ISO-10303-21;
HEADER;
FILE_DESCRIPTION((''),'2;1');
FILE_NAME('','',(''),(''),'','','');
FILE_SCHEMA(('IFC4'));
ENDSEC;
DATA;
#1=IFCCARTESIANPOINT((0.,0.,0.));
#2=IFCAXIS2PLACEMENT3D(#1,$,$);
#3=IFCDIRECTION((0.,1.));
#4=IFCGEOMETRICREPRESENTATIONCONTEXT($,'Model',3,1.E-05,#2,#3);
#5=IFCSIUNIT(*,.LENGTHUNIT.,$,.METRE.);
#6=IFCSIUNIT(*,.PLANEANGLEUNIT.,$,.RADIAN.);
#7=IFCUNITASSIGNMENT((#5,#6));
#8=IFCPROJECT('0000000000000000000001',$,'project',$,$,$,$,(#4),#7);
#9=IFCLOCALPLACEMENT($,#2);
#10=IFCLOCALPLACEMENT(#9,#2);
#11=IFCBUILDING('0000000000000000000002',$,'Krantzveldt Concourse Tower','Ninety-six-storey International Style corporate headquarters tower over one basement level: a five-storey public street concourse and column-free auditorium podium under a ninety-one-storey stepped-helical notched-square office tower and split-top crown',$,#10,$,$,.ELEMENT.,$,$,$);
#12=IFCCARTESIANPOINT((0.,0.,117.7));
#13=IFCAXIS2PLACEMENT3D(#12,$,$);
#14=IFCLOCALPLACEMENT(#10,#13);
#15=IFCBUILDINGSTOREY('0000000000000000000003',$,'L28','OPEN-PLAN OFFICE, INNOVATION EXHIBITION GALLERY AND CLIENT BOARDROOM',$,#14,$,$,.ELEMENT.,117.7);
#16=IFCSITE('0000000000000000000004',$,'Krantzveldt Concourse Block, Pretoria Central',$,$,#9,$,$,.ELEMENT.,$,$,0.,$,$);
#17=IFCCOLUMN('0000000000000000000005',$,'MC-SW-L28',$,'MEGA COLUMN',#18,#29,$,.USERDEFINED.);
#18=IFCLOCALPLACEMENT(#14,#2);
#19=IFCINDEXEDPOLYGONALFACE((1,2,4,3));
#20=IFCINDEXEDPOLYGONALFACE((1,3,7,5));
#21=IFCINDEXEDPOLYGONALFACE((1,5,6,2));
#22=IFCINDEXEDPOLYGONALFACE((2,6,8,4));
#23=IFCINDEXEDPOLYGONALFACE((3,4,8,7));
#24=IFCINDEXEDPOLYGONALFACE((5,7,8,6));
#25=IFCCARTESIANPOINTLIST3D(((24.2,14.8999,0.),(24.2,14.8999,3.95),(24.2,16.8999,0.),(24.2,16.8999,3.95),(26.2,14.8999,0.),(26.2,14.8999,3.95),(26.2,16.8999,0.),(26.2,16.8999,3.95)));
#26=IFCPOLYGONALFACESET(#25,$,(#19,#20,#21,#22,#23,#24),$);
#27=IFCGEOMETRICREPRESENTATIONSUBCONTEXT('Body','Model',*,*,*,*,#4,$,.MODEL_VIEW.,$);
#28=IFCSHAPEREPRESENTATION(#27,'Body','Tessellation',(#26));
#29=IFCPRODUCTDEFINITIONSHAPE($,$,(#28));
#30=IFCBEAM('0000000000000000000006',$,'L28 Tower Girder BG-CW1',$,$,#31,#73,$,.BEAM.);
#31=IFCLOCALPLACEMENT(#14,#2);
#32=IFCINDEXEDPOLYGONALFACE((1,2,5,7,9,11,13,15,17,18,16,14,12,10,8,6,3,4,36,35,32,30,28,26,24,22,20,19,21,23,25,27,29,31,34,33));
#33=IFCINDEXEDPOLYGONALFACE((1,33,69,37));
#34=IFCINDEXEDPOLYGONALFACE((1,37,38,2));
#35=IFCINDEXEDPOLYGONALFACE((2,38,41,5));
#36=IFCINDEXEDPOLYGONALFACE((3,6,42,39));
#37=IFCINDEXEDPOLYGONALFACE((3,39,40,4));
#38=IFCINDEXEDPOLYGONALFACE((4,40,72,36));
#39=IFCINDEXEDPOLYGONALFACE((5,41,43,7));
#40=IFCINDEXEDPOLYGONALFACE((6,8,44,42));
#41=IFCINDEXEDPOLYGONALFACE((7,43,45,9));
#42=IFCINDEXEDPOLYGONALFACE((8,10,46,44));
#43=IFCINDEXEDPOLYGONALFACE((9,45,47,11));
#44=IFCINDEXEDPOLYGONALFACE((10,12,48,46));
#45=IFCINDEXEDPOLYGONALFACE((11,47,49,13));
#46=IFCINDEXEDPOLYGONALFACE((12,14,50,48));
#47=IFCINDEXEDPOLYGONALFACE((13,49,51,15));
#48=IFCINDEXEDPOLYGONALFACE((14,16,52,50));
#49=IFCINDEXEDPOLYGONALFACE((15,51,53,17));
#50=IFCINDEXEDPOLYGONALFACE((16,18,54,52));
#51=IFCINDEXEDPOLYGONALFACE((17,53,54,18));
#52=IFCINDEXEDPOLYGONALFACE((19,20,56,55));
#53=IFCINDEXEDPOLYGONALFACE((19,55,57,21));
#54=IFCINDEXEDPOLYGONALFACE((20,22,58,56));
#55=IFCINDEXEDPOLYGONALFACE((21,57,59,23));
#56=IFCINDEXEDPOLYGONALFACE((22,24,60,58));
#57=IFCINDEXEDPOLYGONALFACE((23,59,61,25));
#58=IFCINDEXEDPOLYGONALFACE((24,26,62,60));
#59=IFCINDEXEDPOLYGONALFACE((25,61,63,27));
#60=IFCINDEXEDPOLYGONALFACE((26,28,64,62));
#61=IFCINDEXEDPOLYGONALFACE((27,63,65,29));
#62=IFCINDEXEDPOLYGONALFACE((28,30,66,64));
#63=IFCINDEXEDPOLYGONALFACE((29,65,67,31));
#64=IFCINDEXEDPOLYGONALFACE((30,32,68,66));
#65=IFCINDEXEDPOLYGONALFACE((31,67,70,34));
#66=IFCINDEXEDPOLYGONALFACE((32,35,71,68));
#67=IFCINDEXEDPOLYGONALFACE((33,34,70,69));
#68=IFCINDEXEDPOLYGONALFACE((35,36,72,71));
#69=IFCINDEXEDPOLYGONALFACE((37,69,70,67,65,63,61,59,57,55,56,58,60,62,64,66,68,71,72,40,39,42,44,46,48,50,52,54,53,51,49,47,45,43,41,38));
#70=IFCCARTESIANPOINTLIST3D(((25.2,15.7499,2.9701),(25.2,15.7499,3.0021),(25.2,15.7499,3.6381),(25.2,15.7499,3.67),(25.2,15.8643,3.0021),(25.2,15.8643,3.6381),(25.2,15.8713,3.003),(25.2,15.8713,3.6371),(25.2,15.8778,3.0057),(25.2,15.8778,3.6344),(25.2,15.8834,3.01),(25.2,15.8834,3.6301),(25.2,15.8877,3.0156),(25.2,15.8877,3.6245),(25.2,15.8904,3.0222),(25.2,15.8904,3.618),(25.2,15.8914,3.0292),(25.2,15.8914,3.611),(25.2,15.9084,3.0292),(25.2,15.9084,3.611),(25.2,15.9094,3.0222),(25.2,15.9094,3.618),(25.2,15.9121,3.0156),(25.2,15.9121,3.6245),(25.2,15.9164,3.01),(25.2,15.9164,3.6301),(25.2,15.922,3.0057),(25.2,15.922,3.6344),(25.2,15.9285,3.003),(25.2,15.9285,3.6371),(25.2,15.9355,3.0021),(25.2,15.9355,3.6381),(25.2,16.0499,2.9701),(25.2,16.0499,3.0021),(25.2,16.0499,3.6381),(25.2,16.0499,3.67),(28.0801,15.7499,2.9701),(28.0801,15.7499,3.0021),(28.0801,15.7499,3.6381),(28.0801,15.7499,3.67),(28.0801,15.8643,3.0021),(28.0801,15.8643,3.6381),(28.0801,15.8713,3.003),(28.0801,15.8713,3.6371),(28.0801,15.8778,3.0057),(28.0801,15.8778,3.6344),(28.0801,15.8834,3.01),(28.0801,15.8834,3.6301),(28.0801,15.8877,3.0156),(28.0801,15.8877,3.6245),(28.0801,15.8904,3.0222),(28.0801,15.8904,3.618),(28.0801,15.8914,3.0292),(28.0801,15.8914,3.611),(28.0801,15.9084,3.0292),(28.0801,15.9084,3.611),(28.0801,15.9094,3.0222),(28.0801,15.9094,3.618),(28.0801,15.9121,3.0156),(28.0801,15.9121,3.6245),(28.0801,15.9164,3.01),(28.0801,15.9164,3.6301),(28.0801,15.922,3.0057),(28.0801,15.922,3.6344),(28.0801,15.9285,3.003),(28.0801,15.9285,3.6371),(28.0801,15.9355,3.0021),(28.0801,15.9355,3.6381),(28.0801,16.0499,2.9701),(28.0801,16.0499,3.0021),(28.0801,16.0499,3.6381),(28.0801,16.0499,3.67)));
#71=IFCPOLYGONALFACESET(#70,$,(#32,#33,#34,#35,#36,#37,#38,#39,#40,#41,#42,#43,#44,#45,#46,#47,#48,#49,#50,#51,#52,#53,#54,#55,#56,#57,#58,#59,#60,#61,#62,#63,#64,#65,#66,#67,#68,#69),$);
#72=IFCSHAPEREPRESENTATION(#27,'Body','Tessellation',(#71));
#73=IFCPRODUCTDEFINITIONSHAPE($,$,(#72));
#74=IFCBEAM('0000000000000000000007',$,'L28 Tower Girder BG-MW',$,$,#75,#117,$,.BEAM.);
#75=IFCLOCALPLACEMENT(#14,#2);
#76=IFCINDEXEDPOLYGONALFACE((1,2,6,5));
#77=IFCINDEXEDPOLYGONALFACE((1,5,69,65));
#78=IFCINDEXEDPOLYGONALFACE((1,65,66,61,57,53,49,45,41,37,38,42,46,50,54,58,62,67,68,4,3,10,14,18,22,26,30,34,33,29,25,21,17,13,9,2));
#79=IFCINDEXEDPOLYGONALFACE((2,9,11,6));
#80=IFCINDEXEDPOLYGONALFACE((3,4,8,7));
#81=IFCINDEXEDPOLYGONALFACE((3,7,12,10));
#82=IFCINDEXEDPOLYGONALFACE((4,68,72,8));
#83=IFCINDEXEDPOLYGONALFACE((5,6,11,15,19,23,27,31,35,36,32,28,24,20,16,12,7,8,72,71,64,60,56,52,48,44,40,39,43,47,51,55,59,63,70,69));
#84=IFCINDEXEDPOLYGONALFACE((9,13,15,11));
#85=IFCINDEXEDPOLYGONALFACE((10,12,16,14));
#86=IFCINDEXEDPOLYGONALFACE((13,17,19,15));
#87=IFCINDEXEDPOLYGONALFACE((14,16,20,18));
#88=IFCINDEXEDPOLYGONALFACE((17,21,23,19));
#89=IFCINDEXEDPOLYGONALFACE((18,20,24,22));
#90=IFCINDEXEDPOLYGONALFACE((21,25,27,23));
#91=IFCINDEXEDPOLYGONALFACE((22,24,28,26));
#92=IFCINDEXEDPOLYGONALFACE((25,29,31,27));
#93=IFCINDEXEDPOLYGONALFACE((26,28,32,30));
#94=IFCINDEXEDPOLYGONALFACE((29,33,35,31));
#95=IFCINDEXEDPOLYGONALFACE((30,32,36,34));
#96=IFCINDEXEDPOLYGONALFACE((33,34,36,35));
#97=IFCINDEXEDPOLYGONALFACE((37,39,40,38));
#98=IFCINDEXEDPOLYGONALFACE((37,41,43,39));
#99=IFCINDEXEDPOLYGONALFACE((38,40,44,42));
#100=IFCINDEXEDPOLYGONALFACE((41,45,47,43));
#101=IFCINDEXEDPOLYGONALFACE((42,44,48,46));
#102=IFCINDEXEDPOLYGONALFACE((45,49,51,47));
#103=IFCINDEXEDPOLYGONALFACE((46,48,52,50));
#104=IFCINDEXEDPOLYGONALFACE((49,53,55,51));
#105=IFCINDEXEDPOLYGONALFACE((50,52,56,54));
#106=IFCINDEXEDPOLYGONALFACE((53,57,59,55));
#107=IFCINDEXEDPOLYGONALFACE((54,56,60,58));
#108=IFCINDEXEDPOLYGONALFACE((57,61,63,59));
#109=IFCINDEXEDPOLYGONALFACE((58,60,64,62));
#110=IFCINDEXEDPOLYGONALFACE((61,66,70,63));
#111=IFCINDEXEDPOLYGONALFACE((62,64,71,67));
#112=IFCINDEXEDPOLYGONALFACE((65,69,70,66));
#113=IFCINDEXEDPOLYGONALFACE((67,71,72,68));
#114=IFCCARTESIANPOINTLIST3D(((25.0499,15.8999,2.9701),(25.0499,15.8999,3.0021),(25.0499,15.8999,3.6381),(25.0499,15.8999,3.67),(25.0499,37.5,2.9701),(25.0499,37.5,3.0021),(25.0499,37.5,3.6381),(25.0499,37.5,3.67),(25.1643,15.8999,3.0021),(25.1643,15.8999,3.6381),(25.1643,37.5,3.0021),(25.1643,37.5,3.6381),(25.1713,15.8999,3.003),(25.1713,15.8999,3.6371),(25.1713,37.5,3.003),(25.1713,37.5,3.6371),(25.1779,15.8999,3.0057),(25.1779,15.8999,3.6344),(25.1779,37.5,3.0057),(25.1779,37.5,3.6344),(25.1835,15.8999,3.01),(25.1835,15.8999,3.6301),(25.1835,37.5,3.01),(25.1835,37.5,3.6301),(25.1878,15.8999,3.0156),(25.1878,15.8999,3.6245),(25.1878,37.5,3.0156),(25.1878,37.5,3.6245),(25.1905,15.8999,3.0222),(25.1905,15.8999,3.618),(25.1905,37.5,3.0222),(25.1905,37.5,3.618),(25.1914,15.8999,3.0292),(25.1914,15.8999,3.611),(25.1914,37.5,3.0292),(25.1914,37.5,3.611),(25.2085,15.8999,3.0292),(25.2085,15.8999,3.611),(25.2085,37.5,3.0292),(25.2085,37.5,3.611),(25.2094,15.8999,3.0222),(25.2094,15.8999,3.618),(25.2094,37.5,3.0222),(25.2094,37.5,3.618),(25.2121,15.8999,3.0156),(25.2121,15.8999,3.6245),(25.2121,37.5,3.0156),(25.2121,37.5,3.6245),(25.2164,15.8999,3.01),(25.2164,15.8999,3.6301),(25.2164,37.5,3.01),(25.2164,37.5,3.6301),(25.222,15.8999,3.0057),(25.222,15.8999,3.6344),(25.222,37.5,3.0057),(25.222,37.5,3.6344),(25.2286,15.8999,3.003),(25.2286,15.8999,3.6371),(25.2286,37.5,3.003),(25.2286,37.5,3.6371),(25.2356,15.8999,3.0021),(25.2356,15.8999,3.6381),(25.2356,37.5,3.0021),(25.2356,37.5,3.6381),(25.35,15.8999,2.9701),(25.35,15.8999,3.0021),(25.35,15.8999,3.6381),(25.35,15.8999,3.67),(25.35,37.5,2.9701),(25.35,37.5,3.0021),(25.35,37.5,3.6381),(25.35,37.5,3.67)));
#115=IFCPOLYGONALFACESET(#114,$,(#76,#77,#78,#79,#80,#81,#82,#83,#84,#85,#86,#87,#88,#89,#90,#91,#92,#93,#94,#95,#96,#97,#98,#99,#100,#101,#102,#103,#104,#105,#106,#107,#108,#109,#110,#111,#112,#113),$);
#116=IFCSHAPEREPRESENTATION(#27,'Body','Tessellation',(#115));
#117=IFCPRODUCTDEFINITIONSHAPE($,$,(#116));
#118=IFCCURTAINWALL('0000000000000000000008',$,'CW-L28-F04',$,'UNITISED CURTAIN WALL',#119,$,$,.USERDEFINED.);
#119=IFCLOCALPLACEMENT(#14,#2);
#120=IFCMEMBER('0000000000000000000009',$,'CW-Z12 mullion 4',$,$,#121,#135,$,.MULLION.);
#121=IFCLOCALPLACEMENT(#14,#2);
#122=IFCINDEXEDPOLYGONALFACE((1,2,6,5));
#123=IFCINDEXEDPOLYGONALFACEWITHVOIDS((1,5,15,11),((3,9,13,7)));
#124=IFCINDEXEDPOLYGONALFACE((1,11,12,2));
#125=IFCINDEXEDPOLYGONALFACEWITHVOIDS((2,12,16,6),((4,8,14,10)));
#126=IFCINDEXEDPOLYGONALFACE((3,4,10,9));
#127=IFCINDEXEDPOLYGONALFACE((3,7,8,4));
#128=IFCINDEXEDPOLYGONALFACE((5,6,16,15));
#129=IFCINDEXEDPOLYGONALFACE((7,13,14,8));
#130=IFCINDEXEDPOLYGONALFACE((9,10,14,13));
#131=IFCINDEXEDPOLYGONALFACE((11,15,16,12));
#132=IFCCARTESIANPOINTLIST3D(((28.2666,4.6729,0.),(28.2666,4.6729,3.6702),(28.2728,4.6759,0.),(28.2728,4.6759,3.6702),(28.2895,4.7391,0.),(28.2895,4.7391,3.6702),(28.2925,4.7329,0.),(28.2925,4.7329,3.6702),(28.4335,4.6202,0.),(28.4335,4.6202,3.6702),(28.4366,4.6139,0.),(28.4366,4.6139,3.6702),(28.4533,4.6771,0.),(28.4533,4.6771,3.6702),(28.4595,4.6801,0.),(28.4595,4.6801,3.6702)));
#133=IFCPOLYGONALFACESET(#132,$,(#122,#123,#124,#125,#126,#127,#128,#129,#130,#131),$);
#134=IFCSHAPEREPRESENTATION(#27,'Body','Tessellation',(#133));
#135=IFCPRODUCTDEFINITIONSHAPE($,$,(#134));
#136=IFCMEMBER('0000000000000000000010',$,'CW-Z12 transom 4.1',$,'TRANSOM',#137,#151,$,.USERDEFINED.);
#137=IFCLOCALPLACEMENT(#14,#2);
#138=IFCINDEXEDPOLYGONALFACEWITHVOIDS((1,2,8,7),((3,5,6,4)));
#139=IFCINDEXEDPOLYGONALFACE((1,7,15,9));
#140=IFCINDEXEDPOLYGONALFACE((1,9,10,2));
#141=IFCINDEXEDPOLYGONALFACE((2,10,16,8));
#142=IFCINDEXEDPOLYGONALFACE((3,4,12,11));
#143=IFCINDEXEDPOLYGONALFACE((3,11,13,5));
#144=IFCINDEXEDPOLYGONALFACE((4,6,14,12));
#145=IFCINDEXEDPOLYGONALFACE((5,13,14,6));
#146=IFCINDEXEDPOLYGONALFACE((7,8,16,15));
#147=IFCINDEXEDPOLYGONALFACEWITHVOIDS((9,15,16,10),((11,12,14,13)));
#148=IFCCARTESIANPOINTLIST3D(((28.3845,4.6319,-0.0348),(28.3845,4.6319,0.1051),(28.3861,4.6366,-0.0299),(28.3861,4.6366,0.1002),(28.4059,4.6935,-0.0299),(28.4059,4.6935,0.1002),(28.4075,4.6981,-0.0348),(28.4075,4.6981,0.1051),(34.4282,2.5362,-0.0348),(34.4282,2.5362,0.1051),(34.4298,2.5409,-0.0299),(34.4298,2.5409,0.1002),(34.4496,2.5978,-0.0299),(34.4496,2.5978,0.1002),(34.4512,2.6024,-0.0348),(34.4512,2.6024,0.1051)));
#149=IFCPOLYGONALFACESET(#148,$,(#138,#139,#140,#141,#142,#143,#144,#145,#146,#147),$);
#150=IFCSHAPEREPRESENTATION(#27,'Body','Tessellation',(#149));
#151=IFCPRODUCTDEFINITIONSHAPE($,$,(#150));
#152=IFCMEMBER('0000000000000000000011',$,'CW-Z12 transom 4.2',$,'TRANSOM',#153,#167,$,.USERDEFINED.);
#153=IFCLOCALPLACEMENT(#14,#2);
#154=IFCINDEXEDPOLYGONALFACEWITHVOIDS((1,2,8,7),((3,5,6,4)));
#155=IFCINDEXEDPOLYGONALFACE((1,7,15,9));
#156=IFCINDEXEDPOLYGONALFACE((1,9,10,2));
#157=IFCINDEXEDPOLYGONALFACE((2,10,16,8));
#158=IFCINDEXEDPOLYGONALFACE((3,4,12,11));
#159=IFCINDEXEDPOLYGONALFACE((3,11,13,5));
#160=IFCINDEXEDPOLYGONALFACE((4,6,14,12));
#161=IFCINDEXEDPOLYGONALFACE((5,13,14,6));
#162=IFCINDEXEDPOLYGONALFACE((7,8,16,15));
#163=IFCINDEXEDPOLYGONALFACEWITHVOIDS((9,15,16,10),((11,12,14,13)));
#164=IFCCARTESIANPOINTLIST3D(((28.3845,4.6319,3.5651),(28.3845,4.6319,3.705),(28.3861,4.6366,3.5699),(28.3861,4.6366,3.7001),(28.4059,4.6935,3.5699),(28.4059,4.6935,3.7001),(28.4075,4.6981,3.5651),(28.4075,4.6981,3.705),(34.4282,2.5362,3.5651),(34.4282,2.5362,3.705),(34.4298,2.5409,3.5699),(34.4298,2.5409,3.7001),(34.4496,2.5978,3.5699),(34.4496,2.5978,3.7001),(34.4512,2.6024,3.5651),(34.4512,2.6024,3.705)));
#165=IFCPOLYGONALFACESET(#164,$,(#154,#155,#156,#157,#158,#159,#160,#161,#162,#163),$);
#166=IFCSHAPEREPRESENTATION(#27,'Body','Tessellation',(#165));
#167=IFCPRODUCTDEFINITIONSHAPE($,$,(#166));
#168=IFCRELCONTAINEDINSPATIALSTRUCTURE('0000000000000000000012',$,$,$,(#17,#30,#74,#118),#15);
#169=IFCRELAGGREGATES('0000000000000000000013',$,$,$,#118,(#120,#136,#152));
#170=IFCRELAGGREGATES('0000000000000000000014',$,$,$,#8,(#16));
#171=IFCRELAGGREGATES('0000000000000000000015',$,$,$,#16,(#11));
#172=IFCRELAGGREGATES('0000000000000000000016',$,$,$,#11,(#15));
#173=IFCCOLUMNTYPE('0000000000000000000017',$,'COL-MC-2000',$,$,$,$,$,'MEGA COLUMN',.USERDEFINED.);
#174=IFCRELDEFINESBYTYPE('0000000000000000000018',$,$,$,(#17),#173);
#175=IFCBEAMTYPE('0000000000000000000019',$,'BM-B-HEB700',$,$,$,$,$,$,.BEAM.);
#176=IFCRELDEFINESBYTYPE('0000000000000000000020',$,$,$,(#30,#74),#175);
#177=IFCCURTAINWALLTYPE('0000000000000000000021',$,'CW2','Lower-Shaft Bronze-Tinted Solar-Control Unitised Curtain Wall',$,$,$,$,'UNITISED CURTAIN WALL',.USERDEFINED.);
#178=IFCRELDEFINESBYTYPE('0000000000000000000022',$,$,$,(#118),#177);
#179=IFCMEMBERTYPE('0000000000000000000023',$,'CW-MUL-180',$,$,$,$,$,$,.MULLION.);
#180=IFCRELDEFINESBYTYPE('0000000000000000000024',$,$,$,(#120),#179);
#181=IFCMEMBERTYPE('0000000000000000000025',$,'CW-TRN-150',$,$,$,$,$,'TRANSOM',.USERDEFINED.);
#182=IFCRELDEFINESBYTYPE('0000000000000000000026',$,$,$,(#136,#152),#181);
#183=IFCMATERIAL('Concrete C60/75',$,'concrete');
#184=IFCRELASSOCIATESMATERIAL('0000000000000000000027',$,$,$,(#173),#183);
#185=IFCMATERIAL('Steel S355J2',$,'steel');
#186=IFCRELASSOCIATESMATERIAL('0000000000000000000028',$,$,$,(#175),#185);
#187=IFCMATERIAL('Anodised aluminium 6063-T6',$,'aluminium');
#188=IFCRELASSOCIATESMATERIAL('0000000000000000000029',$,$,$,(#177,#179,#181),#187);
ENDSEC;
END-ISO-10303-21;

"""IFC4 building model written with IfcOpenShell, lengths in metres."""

from ifc_helpers import new_model, si_unit, direction, frame, origin, origin_2d, place, context, subcontext, project, spatial, rectangle, hollow_rectangle, i_section, extrude, source, transform, mapped, material, material_profile, profile_set, type_object, type_shapes, element, aggregate, save


model = new_model("IFC4")

# Units and contexts
model_context = context("Model", 3, precision=1e-05, world=origin(), true_north=direction((0.0, 1.0)))
body_context = subcontext(model_context, "Body", "Model", "MODEL_VIEW")
ifc_project = project(units=[si_unit("LENGTHUNIT", "METRE"), si_unit("PLANEANGLEUNIT", "RADIAN")], contexts=[model_context])

# Site, building, storey
site_placement = place(None, origin())
site = spatial("IfcSite", under=ifc_project, at=site_placement, Name="Krantzveldt Concourse Block, Pretoria Central", CompositionType="ELEMENT", RefElevation=0.0)
building_placement = place(site_placement, origin())
building = spatial("IfcBuilding", under=site, at=building_placement, Name="Krantzveldt Concourse Tower", Description="Ninety-six-storey International Style corporate headquarters tower over one basement level: a five-storey public street concourse and column-free auditorium podium under a ninety-one-storey stepped-helical notched-square office tower and split-top crown", CompositionType="ELEMENT")
storey_placement = place(building_placement, frame((0.0, 0.0, 117.7)))
storey = spatial("IfcBuildingStorey", under=building, at=storey_placement, Name="L28", Description="OPEN-PLAN OFFICE, INNOVATION EXHIBITION GALLERY AND CLIENT BOARDROOM", CompositionType="ELEMENT", Elevation=117.7)

# Column
ifc_material_1 = material(Name="Concrete C60/75", Category="concrete")
ifc_material_profile_1 = material_profile(ifc_material_1, rectangle(XDim=2.0, YDim=2.0, at=origin_2d()), Name="Concrete C60/75", Category="concrete")
ifc_profile_set_1 = profile_set([ifc_material_profile_1], Name="Concrete C60/75 - RC 2000x2000")
column_type = type_object("IfcColumnType", Name="COL-MC-2000", ElementType="MEGA COLUMN", PredefinedType="USERDEFINED", material=ifc_profile_set_1)
shared_shape_1 = source(origin(), body_context, "Body", "SweptSolid", [
    extrude(rectangle(XDim=2.0, YDim=2.0, at=origin_2d()), origin(), (0.0, 0.0, 1.0), 3.95),
])
type_shapes(column_type, [shared_shape_1])
column_placement = place(storey_placement, frame((25.2, 15.8999, 0.0), z_axis=(0.0, 0.0, 1.0), x_axis=(1.0, 0.0, 0.0)))
element("IfcColumn", 1, at=column_placement, inside=storey, type_object=column_type, Name="MC-SW-L28", ObjectType="MEGA COLUMN", PredefinedType="USERDEFINED", context=body_context, shape_type="MappedRepresentation", body=[
    mapped(shared_shape_1, transform((0.0, 0.0, 0.0), x_axis=(1.0, 0.0, 0.0), y_axis=(0.0, 1.0, 0.0), z_axis=(0.0, 0.0, 1.0), scale=1.0)),
])

# Beams
ifc_material_2 = material(Name="Steel S355J2", Category="steel")
ifc_material_profile_2 = material_profile(ifc_material_2, i_section(OverallWidth=0.3, OverallDepth=0.7, WebThickness=0.0171, FlangeThickness=0.032, FilletRadius=0.0271, at=origin_2d()), Name="Steel S355J2", Category="steel")
ifc_profile_set_2 = profile_set([ifc_material_profile_2], Name="Steel S355J2 - HEB 700")
beam_type = type_object("IfcBeamType", Name="BM-B-HEB700", PredefinedType="BEAM", material=ifc_profile_set_2)
shared_shape_2 = source(origin(), body_context, "Body", "SweptSolid", [
    extrude(i_section(OverallWidth=0.3, OverallDepth=0.7, WebThickness=0.0171, FlangeThickness=0.032, FilletRadius=0.0271, at=origin_2d()), origin(), (0.0, 0.0, 1.0), 2.8801),
])
beam_1_placement = place(storey_placement, frame((25.2, 15.8999, 3.3201), z_axis=(1.0, 0.0, 0.0), x_axis=(0.0, 1.0, 0.0)))
element("IfcBeam", 2, at=beam_1_placement, inside=storey, type_object=beam_type, Name="L28 Tower Girder BG-CW1", PredefinedType="BEAM", context=body_context, shape_type="MappedRepresentation", body=[
    mapped(shared_shape_2, transform((0.0, 0.0, 0.0), x_axis=(1.0, 0.0, 0.0), y_axis=(0.0, 1.0, 0.0), z_axis=(0.0, 0.0, 1.0), scale=1.0)),
])
shared_shape_3 = source(origin(), body_context, "Body", "SweptSolid", [
    extrude(i_section(OverallWidth=0.3, OverallDepth=0.7, WebThickness=0.0171, FlangeThickness=0.032, FilletRadius=0.0271, at=origin_2d()), origin(), (0.0, 0.0, 1.0), 21.6001),
])
type_shapes(beam_type, [shared_shape_2, shared_shape_3])
beam_2_placement = place(storey_placement, frame((25.2, 15.8999, 3.3201), z_axis=(0.0, 1.0, 0.0), x_axis=(-1.0, 0.0, 0.0)))
element("IfcBeam", 3, at=beam_2_placement, inside=storey, type_object=beam_type, Name="L28 Tower Girder BG-MW", PredefinedType="BEAM", context=body_context, shape_type="MappedRepresentation", body=[
    mapped(shared_shape_3, transform((0.0, 0.0, 0.0), x_axis=(1.0, 0.0, 0.0), y_axis=(0.0, 1.0, 0.0), z_axis=(0.0, 0.0, 1.0), scale=1.0)),
])

# Curtain wall, members
ifc_material_3 = material(Name="Anodised aluminium 6063-T6", Category="aluminium")
curtain_wall_type = type_object("IfcCurtainWallType", Name="CW2", Description="Lower-Shaft Bronze-Tinted Solar-Control Unitised Curtain Wall", ElementType="UNITISED CURTAIN WALL", PredefinedType="USERDEFINED", material=ifc_material_3)
curtain_wall_placement = place(storey_placement, origin())
curtain_wall = element("IfcCurtainWall", 4, at=curtain_wall_placement, inside=storey, type_object=curtain_wall_type, Name="CW-L28-F04", ObjectType="UNITISED CURTAIN WALL", PredefinedType="USERDEFINED")
ifc_material_profile_3 = material_profile(ifc_material_3, hollow_rectangle(XDim=0.0701, YDim=0.1799, WallThickness=0.0049, at=origin_2d()), Name="Anodised aluminium 6063-T6", Category="aluminium")
ifc_profile_set_3 = profile_set([ifc_material_profile_3], Name="Anodised aluminium 6063-T6 - ALU-MULL 180x70x5")
member_type_1 = type_object("IfcMemberType", Name="CW-MUL-180", PredefinedType="MULLION", material=ifc_profile_set_3)
shared_shape_4 = source(origin(), body_context, "Body", "SweptSolid", [
    extrude(hollow_rectangle(XDim=0.0701, YDim=0.1799, WallThickness=0.0049, at=origin_2d()), origin(), (0.0, 0.0, 1.0), 3.6702),
])
type_shapes(member_type_1, [shared_shape_4])
member_1_placement = place(storey_placement, frame((28.363, 4.6765, 0.0), z_axis=(0.0, 0.0, 1.0), x_axis=(0.32763, 0.944806, 0.0)))
member_1 = element("IfcMember", 5, at=member_1_placement, type_object=member_type_1, Name="CW-Z12 mullion 4", PredefinedType="MULLION", context=body_context, shape_type="MappedRepresentation", body=[
    mapped(shared_shape_4, transform((0.0, 0.0, 0.0), x_axis=(1.0, 0.0, 0.0), y_axis=(0.0, 1.0, 0.0), z_axis=(0.0, 0.0, 1.0), scale=1.0)),
])
ifc_material_profile_4 = material_profile(ifc_material_3, hollow_rectangle(XDim=0.0701, YDim=0.1399, WallThickness=0.0049, at=origin_2d()), Name="Anodised aluminium 6063-T6", Category="aluminium")
ifc_profile_set_4 = profile_set([ifc_material_profile_4], Name="Anodised aluminium 6063-T6 - ALU-TRAN 140x70x5")
member_type_2 = type_object("IfcMemberType", Name="CW-TRN-150", ElementType="TRANSOM", PredefinedType="USERDEFINED", material=ifc_profile_set_4)
shared_shape_5 = source(origin(), body_context, "Body", "SweptSolid", [
    extrude(hollow_rectangle(XDim=0.0701, YDim=0.1399, WallThickness=0.0049, at=origin_2d()), origin(), (0.0, 0.0, 1.0), 6.3967),
])
member_2_placement = place(storey_placement, frame((28.396, 4.665, 0.0352), z_axis=(0.944809, -0.32762, 0.0), x_axis=(0.32762, 0.944809, 0.0)))
member_2 = element("IfcMember", 6, at=member_2_placement, type_object=member_type_2, Name="CW-Z12 transom 4.1", ObjectType="TRANSOM", PredefinedType="USERDEFINED", context=body_context, shape_type="MappedRepresentation", body=[
    mapped(shared_shape_5, transform((0.0, 0.0, 0.0), x_axis=(1.0, 0.0, 0.0), y_axis=(0.0, 1.0, 0.0), z_axis=(0.0, 0.0, 1.0), scale=1.0)),
])
member_3_placement = place(storey_placement, frame((28.396, 4.665, 3.635), z_axis=(0.944809, -0.32762, 0.0), x_axis=(0.32762, 0.944809, 0.0)))
member_3 = element("IfcMember", 7, at=member_3_placement, type_object=member_type_2, Name="CW-Z12 transom 4.2", ObjectType="TRANSOM", PredefinedType="USERDEFINED", context=body_context, shape_type="MappedRepresentation", body=[
    mapped(shared_shape_5, transform((0.0, 0.0, 0.0), x_axis=(1.0, 0.0, 0.0), y_axis=(0.0, 1.0, 0.0), z_axis=(0.0, 0.0, 1.0), scale=1.0)),
])
aggregate(curtain_wall, [member_1, member_2, member_3])

save(model, "model.ifc")
